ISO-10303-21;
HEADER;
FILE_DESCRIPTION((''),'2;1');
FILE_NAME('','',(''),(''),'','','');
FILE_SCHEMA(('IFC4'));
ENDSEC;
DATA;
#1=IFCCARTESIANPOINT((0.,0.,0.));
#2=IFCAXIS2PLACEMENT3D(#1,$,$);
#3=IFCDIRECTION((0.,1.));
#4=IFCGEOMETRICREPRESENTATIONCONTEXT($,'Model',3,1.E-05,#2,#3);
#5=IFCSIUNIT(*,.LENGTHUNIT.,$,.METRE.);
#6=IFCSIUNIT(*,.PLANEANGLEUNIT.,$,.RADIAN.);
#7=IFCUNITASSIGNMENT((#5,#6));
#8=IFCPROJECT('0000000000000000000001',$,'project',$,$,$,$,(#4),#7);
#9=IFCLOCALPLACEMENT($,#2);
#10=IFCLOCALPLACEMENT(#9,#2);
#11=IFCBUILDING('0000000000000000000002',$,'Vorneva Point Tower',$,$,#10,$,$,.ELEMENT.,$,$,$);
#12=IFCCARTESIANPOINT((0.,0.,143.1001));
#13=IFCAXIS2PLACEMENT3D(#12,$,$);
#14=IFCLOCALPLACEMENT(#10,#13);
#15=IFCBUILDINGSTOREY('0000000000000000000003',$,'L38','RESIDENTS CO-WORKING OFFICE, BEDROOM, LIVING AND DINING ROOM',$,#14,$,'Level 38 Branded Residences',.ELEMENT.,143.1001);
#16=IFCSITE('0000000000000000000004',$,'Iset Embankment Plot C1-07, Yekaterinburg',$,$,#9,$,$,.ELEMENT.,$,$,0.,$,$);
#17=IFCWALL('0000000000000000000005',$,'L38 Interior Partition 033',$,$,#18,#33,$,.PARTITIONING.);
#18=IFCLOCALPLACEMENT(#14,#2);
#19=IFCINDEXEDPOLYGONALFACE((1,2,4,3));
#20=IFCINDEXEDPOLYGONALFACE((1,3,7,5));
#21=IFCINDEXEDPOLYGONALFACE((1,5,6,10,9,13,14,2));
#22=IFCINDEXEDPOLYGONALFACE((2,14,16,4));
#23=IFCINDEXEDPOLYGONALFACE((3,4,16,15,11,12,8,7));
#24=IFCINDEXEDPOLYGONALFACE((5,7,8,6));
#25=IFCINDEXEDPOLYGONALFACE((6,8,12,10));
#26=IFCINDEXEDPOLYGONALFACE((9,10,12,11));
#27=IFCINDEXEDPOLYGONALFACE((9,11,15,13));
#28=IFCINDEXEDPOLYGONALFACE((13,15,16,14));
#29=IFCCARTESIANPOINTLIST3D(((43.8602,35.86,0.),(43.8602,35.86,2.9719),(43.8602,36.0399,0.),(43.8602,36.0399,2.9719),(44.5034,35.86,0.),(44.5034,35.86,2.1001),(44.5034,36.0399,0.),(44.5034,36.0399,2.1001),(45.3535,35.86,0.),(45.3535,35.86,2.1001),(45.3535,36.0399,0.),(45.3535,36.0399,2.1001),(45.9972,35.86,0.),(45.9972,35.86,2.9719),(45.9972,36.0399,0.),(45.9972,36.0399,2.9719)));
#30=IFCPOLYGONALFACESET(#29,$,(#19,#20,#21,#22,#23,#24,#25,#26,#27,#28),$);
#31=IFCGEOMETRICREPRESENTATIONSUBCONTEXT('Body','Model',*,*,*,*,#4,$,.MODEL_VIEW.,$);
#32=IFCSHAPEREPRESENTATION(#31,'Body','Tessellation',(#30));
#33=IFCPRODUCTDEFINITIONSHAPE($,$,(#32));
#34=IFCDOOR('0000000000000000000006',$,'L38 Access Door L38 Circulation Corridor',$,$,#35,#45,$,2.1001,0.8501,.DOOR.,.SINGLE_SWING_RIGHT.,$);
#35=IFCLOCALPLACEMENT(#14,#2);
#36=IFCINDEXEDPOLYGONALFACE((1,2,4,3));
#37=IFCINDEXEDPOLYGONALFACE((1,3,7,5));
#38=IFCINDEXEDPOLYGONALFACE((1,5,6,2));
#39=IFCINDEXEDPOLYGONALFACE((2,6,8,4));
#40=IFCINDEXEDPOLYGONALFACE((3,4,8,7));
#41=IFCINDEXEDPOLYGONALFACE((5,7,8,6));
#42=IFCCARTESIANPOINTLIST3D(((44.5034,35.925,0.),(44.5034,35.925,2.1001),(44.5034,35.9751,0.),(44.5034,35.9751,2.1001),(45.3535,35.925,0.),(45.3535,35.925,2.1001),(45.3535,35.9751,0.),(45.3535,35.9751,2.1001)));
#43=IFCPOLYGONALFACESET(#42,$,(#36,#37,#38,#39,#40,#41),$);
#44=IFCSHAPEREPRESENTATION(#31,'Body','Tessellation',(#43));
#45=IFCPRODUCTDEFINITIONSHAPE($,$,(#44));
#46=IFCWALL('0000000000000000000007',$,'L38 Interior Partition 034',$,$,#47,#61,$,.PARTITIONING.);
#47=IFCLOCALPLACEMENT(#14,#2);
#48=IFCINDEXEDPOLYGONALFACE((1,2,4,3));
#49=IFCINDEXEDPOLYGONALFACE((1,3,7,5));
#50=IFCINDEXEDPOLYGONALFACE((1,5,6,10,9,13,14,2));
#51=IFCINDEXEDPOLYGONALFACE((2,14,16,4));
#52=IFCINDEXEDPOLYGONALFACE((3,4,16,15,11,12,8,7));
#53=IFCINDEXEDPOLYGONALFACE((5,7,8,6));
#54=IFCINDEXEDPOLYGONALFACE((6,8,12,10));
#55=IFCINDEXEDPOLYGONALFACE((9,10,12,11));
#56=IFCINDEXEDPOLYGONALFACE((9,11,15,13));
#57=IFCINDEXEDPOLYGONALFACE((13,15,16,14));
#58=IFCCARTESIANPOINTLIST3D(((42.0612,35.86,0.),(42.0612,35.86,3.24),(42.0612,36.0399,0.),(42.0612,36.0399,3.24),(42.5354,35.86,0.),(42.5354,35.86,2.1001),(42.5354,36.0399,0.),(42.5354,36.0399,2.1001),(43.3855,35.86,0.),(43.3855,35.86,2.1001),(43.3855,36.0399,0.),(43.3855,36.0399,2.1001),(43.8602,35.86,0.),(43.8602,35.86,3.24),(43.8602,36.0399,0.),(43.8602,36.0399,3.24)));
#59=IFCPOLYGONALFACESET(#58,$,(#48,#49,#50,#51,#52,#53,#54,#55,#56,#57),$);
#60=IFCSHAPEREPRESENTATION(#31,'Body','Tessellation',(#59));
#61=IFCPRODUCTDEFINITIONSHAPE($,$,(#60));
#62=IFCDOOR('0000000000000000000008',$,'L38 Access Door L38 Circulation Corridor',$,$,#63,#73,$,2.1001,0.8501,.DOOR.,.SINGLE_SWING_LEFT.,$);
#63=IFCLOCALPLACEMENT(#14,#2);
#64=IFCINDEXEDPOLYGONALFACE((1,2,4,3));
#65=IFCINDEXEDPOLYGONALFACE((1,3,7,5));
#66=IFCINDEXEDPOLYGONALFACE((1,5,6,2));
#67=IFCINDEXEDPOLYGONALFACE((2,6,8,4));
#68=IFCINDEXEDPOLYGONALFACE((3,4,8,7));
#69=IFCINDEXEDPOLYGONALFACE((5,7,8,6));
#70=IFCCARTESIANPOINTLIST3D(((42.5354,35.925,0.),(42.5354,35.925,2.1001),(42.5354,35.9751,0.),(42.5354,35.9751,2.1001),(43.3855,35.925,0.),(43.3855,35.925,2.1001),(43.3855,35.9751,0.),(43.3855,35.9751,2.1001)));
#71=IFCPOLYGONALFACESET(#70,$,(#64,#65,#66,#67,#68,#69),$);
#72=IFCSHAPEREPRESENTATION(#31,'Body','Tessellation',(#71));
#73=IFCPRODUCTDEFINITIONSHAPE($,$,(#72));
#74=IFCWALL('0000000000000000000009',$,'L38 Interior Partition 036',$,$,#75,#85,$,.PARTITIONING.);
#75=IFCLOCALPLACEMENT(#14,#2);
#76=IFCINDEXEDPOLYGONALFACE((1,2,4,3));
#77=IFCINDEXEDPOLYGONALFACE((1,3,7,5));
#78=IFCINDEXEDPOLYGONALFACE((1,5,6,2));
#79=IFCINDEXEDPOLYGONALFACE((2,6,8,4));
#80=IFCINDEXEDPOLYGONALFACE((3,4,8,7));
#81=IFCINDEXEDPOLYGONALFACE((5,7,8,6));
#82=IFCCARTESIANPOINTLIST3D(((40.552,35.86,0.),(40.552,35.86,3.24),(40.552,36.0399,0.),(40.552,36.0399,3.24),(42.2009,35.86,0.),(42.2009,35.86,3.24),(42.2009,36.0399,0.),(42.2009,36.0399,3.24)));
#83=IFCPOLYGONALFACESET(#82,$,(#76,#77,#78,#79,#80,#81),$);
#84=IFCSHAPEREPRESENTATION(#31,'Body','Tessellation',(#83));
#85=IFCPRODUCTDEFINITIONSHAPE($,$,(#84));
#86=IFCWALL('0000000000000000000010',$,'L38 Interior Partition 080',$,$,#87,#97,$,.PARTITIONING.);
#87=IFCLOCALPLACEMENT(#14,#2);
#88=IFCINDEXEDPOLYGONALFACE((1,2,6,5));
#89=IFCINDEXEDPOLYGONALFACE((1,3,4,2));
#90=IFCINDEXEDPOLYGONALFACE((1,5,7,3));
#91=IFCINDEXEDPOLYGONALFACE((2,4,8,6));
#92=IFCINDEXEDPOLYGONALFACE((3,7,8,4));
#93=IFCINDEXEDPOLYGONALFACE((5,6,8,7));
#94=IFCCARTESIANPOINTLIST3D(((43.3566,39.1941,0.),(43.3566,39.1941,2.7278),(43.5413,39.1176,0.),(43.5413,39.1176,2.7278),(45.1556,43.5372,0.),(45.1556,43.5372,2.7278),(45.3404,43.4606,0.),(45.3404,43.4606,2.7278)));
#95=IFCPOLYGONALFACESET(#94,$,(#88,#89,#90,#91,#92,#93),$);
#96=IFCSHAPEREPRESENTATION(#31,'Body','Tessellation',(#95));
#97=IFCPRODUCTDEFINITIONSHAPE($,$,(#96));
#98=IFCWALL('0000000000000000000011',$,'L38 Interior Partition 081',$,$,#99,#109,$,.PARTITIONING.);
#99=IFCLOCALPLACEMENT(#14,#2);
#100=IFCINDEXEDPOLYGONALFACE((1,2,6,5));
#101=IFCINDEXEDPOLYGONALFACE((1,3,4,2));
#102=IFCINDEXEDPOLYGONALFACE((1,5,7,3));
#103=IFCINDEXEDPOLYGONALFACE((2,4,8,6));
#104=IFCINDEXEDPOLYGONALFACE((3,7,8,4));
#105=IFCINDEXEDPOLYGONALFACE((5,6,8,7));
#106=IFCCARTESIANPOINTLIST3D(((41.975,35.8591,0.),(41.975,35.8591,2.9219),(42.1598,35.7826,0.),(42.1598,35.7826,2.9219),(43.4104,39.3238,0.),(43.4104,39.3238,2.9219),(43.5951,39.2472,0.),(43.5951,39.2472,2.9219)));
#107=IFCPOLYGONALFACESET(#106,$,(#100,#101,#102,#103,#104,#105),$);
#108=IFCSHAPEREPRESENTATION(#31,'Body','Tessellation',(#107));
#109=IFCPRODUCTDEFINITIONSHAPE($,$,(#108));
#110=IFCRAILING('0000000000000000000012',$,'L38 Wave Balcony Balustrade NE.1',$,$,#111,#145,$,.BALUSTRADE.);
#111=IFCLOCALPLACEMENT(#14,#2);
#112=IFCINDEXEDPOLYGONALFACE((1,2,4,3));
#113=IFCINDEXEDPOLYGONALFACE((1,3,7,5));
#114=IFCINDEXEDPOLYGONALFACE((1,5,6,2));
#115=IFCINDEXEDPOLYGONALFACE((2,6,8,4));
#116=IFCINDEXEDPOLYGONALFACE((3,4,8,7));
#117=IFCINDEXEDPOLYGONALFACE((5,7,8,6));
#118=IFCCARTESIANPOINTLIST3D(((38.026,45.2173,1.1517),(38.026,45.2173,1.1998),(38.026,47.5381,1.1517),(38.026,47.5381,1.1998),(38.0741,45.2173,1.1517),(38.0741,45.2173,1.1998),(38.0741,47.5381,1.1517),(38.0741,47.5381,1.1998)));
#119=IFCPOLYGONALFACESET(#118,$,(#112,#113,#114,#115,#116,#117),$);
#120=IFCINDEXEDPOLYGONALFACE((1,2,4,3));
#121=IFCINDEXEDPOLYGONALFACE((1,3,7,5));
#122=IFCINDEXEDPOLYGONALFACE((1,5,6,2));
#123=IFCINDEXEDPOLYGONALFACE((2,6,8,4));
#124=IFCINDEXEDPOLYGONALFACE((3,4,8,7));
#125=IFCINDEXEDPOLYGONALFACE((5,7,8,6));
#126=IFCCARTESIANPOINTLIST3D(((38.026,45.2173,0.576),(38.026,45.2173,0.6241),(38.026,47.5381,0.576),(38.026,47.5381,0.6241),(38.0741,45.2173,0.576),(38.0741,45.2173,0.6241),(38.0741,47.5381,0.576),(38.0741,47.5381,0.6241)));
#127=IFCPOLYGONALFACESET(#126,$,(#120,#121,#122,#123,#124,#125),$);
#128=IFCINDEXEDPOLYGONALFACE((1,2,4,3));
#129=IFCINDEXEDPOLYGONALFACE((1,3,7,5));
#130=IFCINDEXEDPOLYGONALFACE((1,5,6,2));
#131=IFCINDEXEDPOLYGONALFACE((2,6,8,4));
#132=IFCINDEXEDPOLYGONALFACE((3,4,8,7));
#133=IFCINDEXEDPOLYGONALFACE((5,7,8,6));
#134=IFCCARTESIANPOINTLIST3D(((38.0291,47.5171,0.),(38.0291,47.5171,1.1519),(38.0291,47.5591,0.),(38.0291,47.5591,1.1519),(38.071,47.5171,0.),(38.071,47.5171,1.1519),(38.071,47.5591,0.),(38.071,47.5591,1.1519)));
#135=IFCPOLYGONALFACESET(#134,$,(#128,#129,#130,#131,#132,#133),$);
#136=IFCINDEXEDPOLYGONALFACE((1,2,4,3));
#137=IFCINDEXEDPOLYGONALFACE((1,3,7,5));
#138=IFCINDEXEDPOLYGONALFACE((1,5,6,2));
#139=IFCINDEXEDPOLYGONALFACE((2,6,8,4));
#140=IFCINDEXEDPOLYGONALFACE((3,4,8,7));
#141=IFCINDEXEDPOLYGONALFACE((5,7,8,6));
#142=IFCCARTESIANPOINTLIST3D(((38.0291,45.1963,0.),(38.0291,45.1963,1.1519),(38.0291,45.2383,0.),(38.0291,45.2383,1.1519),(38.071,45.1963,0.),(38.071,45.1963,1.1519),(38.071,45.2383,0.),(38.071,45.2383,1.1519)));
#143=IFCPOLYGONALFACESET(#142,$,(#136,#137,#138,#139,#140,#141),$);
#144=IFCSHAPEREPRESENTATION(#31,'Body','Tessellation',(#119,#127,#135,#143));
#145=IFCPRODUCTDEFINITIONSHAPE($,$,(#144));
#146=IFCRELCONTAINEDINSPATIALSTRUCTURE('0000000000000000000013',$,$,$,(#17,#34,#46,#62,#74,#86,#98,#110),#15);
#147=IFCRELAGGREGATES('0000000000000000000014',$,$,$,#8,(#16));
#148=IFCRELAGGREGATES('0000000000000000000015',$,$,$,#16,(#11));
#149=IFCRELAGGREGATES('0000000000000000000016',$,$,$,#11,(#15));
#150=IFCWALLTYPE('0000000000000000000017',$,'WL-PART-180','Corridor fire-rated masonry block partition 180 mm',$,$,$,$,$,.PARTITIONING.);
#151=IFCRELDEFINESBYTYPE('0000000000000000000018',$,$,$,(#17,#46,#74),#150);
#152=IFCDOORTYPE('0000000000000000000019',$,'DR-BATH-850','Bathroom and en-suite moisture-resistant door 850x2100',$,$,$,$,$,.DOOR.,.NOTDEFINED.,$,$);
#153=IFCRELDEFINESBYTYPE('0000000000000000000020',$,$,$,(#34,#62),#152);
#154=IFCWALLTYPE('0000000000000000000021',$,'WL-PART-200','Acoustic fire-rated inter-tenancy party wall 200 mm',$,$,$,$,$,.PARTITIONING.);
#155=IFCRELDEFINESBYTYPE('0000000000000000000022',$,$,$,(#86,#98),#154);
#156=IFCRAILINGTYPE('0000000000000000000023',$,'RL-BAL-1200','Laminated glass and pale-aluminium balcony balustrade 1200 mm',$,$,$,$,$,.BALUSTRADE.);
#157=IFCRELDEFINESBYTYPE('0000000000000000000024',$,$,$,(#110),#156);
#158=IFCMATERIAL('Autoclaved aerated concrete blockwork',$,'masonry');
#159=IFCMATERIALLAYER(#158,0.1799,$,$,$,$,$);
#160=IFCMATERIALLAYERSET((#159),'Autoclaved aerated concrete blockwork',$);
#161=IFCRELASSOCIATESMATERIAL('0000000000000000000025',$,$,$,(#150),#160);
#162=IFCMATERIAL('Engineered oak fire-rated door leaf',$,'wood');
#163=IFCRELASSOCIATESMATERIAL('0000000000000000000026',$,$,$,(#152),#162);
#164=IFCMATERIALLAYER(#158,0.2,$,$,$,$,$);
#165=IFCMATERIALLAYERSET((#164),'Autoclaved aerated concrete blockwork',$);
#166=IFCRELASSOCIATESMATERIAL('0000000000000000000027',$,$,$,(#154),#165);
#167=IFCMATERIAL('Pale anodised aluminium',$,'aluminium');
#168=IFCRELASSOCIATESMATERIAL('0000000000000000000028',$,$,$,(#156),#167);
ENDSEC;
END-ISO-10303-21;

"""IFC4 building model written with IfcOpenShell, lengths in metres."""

from ifc_helpers import new_model, si_unit, direction, frame, frame_2d, origin, origin_2d, place, context, subcontext, project, spatial, rectangle, extrude, material, layer, layer_set, type_object, element, fill, save


model = new_model("IFC4")

# Units and contexts
model_context = context("Model", 3, precision=1e-05, world=origin(), true_north=direction((0.0, 1.0)))
body_context = subcontext(model_context, "Body", "Model", "MODEL_VIEW")
ifc_project = project(units=[si_unit("LENGTHUNIT", "METRE"), si_unit("PLANEANGLEUNIT", "RADIAN")], contexts=[model_context])

# Site, building, storey
site_placement = place(None, origin())
site = spatial("IfcSite", under=ifc_project, at=site_placement, Name="Iset Embankment Plot C1-07, Yekaterinburg", CompositionType="ELEMENT", RefElevation=0.0)
building_placement = place(site_placement, origin())
building = spatial("IfcBuilding", under=site, at=building_placement, Name="Vorneva Point Tower", CompositionType="ELEMENT")
storey_placement = place(building_placement, frame((0.0, 0.0, 143.1001)))
storey = spatial("IfcBuildingStorey", under=building, at=storey_placement, Name="L38", Description="RESIDENTS CO-WORKING OFFICE, BEDROOM, LIVING AND DINING ROOM", LongName="Level 38 Branded Residences", CompositionType="ELEMENT", Elevation=143.1001)

# Shared definitions
ifc_material_1 = material(Name="Pale anodised aluminium", Category="aluminium")

# Shared definitions
ifc_material_2 = material(Name="Engineered oak fire-rated door leaf", Category="wood")

# Walls, openings, doors
ifc_material_3 = material(Name="Autoclaved aerated concrete blockwork", Category="masonry")
ifc_layer_1 = layer(ifc_material_3, 0.1799)
ifc_layer_set_1 = layer_set([ifc_layer_1], Name="Autoclaved aerated concrete blockwork")
wall_type_1 = type_object("IfcWallType", Name="WL-PART-180", Description="Corridor fire-rated masonry block partition 180 mm", PredefinedType="PARTITIONING", material=ifc_layer_set_1)
wall_1_placement = place(storey_placement, frame((45.9971, 35.95, 0.0), z_axis=(0.0, 0.0, 1.0), x_axis=(-1.0, 0.0, 0.0)))
wall_1 = element("IfcWall", 1, at=wall_1_placement, inside=storey, type_object=wall_type_1, Name="L38 Interior Partition 033", PredefinedType="PARTITIONING", context=body_context, shape_type="SweptSolid", body=[
    extrude(rectangle(XDim=2.137, YDim=0.1799, at=frame_2d((1.0684, 0.0))), origin(), (0.0, 0.0, 1.0), 2.9719),
])
opening_1_placement = place(wall_1_placement, frame((0.6436, 0.0, 0.0)))
opening_1 = element("IfcOpeningElement", 2, at=opening_1_placement, cuts=wall_1, PredefinedType="OPENING", context=body_context, shape_type="SweptSolid", body=[
    extrude(rectangle(XDim=0.8501, YDim=2.1001, at=frame_2d((0.425, 1.05))), frame((0.0, 0.105, 0.0), z_axis=(0.0, -1.0, 0.0), x_axis=(1.0, 0.0, 0.0)), (0.0, 0.0, 1.0), 0.2097),
])
door_type_1 = type_object("IfcDoorType", Name="DR-BATH-850", Description="Bathroom and en-suite moisture-resistant door 850x2100", OperationType="NOTDEFINED", PredefinedType="DOOR", material=ifc_material_2)
door_1_placement = place(opening_1_placement, origin())
door_1 = element("IfcDoor", 3, at=door_1_placement, inside=storey, type_object=door_type_1, Name="L38 Access Door L38 Circulation Corridor", OperationType="SINGLE_SWING_RIGHT", OverallHeight=2.1001, OverallWidth=0.8501, PredefinedType="DOOR", context=body_context, shape_type="SweptSolid", body=[
    extrude(rectangle(XDim=0.8501, YDim=2.1001, at=frame_2d((0.425, 1.05))), frame((0.0, 0.0249, 0.0), z_axis=(0.0, -1.0, 0.0), x_axis=(1.0, 0.0, 0.0)), (0.0, 0.0, 1.0), 0.05),
])
fill(opening_1, door_1)
wall_2_placement = place(storey_placement, frame((43.8601, 35.95, 0.0), z_axis=(0.0, 0.0, 1.0), x_axis=(-1.0, 0.0, 0.0)))
wall_2 = element("IfcWall", 4, at=wall_2_placement, inside=storey, type_object=wall_type_1, Name="L38 Interior Partition 034", PredefinedType="PARTITIONING", context=body_context, shape_type="SweptSolid", body=[
    extrude(rectangle(XDim=1.7991, YDim=0.1799, at=frame_2d((0.8994, 0.0))), origin(), (0.0, 0.0, 1.0), 3.24),
])
opening_2_placement = place(wall_2_placement, frame((0.4746, 0.0, 0.0)))
opening_2 = element("IfcOpeningElement", 5, at=opening_2_placement, cuts=wall_2, PredefinedType="OPENING", context=body_context, shape_type="SweptSolid", body=[
    extrude(rectangle(XDim=0.8501, YDim=2.1001, at=frame_2d((0.425, 1.05))), frame((0.0, 0.105, 0.0), z_axis=(0.0, -1.0, 0.0), x_axis=(1.0, 0.0, 0.0)), (0.0, 0.0, 1.0), 0.2097),
])
door_2_placement = place(opening_2_placement, origin())
door_2 = element("IfcDoor", 6, at=door_2_placement, inside=storey, type_object=door_type_1, Name="L38 Access Door L38 Circulation Corridor", OperationType="SINGLE_SWING_LEFT", OverallHeight=2.1001, OverallWidth=0.8501, PredefinedType="DOOR", context=body_context, shape_type="SweptSolid", body=[
    extrude(rectangle(XDim=0.8501, YDim=2.1001, at=frame_2d((0.425, 1.05))), frame((0.0, 0.0249, 0.0), z_axis=(0.0, -1.0, 0.0), x_axis=(1.0, 0.0, 0.0)), (0.0, 0.0, 1.0), 0.05),
])
fill(opening_2, door_2)

# Walls
wall_3_placement = place(storey_placement, frame((42.2009, 35.95, 0.0), z_axis=(0.0, 0.0, 1.0), x_axis=(-1.0, 0.0, 0.0)))
element("IfcWall", 7, at=wall_3_placement, inside=storey, type_object=wall_type_1, Name="L38 Interior Partition 036", PredefinedType="PARTITIONING", context=body_context, shape_type="SweptSolid", body=[
    extrude(rectangle(XDim=1.6489, YDim=0.1799, at=frame_2d((0.8245, 0.0))), origin(), (0.0, 0.0, 1.0), 3.24),
])
ifc_layer_2 = layer(ifc_material_3, 0.2)
ifc_layer_set_2 = layer_set([ifc_layer_2], Name="Autoclaved aerated concrete blockwork")
wall_type_2 = type_object("IfcWallType", Name="WL-PART-200", Description="Acoustic fire-rated inter-tenancy party wall 200 mm", PredefinedType="PARTITIONING", material=ifc_layer_set_2)
wall_4_placement = place(storey_placement, frame((45.248, 43.499, 0.0), z_axis=(0.0, 0.0, 1.0), x_axis=(-0.382708, -0.923869, 0.0)))
element("IfcWall", 8, at=wall_4_placement, inside=storey, type_object=wall_type_2, Name="L38 Interior Partition 080", PredefinedType="PARTITIONING", context=body_context, shape_type="SweptSolid", body=[
    extrude(rectangle(XDim=4.7009, YDim=0.2, at=frame_2d((2.3506, 0.0))), origin(), (0.0, 0.0, 1.0), 2.7278),
])
wall_5_placement = place(storey_placement, frame((43.5027, 39.2854, 0.0), z_axis=(0.0, 0.0, 1.0), x_axis=(-0.382733, -0.923859, 0.0)))
element("IfcWall", 9, at=wall_5_placement, inside=storey, type_object=wall_type_2, Name="L38 Interior Partition 081", PredefinedType="PARTITIONING", context=body_context, shape_type="SweptSolid", body=[
    extrude(rectangle(XDim=3.7502, YDim=0.2, at=frame_2d((1.875, 0.0))), origin(), (0.0, 0.0, 1.0), 2.9219),
])

# Railing
railing_type = type_object("IfcRailingType", Name="RL-BAL-1200", Description="Laminated glass and pale-aluminium balcony balustrade 1200 mm", PredefinedType="BALUSTRADE", material=ifc_material_1)
railing_placement = place(storey_placement, frame((38.05, 47.5381, 0.0)))
element("IfcRailing", 10, at=railing_placement, inside=storey, type_object=railing_type, Name="L38 Wave Balcony Balustrade NE.1", PredefinedType="BALUSTRADE", context=body_context, shape_type="SweptSolid", body=[
    extrude(rectangle(XDim=0.0481, YDim=0.0481, at=origin_2d()), frame((0.0, 0.0, 1.1758), z_axis=(0.0, -1.0, 0.0), x_axis=(1.0, 0.0, 0.0)), (0.0, 0.0, 1.0), 2.3208),
    extrude(rectangle(XDim=0.0481, YDim=0.0481, at=origin_2d()), frame((0.0, 0.0, 0.6001), z_axis=(0.0, -1.0, 0.0), x_axis=(1.0, 0.0, 0.0)), (0.0, 0.0, 1.0), 2.3208),
    extrude(rectangle(XDim=0.042, YDim=0.042, at=origin_2d()), origin(), (0.0, 0.0, 1.0), 1.1519),
    extrude(rectangle(XDim=0.042, YDim=0.042, at=origin_2d()), frame((0.0, -2.3208, 0.0)), (0.0, 0.0, 1.0), 1.1519),
])

save(model, "model.ifc")
